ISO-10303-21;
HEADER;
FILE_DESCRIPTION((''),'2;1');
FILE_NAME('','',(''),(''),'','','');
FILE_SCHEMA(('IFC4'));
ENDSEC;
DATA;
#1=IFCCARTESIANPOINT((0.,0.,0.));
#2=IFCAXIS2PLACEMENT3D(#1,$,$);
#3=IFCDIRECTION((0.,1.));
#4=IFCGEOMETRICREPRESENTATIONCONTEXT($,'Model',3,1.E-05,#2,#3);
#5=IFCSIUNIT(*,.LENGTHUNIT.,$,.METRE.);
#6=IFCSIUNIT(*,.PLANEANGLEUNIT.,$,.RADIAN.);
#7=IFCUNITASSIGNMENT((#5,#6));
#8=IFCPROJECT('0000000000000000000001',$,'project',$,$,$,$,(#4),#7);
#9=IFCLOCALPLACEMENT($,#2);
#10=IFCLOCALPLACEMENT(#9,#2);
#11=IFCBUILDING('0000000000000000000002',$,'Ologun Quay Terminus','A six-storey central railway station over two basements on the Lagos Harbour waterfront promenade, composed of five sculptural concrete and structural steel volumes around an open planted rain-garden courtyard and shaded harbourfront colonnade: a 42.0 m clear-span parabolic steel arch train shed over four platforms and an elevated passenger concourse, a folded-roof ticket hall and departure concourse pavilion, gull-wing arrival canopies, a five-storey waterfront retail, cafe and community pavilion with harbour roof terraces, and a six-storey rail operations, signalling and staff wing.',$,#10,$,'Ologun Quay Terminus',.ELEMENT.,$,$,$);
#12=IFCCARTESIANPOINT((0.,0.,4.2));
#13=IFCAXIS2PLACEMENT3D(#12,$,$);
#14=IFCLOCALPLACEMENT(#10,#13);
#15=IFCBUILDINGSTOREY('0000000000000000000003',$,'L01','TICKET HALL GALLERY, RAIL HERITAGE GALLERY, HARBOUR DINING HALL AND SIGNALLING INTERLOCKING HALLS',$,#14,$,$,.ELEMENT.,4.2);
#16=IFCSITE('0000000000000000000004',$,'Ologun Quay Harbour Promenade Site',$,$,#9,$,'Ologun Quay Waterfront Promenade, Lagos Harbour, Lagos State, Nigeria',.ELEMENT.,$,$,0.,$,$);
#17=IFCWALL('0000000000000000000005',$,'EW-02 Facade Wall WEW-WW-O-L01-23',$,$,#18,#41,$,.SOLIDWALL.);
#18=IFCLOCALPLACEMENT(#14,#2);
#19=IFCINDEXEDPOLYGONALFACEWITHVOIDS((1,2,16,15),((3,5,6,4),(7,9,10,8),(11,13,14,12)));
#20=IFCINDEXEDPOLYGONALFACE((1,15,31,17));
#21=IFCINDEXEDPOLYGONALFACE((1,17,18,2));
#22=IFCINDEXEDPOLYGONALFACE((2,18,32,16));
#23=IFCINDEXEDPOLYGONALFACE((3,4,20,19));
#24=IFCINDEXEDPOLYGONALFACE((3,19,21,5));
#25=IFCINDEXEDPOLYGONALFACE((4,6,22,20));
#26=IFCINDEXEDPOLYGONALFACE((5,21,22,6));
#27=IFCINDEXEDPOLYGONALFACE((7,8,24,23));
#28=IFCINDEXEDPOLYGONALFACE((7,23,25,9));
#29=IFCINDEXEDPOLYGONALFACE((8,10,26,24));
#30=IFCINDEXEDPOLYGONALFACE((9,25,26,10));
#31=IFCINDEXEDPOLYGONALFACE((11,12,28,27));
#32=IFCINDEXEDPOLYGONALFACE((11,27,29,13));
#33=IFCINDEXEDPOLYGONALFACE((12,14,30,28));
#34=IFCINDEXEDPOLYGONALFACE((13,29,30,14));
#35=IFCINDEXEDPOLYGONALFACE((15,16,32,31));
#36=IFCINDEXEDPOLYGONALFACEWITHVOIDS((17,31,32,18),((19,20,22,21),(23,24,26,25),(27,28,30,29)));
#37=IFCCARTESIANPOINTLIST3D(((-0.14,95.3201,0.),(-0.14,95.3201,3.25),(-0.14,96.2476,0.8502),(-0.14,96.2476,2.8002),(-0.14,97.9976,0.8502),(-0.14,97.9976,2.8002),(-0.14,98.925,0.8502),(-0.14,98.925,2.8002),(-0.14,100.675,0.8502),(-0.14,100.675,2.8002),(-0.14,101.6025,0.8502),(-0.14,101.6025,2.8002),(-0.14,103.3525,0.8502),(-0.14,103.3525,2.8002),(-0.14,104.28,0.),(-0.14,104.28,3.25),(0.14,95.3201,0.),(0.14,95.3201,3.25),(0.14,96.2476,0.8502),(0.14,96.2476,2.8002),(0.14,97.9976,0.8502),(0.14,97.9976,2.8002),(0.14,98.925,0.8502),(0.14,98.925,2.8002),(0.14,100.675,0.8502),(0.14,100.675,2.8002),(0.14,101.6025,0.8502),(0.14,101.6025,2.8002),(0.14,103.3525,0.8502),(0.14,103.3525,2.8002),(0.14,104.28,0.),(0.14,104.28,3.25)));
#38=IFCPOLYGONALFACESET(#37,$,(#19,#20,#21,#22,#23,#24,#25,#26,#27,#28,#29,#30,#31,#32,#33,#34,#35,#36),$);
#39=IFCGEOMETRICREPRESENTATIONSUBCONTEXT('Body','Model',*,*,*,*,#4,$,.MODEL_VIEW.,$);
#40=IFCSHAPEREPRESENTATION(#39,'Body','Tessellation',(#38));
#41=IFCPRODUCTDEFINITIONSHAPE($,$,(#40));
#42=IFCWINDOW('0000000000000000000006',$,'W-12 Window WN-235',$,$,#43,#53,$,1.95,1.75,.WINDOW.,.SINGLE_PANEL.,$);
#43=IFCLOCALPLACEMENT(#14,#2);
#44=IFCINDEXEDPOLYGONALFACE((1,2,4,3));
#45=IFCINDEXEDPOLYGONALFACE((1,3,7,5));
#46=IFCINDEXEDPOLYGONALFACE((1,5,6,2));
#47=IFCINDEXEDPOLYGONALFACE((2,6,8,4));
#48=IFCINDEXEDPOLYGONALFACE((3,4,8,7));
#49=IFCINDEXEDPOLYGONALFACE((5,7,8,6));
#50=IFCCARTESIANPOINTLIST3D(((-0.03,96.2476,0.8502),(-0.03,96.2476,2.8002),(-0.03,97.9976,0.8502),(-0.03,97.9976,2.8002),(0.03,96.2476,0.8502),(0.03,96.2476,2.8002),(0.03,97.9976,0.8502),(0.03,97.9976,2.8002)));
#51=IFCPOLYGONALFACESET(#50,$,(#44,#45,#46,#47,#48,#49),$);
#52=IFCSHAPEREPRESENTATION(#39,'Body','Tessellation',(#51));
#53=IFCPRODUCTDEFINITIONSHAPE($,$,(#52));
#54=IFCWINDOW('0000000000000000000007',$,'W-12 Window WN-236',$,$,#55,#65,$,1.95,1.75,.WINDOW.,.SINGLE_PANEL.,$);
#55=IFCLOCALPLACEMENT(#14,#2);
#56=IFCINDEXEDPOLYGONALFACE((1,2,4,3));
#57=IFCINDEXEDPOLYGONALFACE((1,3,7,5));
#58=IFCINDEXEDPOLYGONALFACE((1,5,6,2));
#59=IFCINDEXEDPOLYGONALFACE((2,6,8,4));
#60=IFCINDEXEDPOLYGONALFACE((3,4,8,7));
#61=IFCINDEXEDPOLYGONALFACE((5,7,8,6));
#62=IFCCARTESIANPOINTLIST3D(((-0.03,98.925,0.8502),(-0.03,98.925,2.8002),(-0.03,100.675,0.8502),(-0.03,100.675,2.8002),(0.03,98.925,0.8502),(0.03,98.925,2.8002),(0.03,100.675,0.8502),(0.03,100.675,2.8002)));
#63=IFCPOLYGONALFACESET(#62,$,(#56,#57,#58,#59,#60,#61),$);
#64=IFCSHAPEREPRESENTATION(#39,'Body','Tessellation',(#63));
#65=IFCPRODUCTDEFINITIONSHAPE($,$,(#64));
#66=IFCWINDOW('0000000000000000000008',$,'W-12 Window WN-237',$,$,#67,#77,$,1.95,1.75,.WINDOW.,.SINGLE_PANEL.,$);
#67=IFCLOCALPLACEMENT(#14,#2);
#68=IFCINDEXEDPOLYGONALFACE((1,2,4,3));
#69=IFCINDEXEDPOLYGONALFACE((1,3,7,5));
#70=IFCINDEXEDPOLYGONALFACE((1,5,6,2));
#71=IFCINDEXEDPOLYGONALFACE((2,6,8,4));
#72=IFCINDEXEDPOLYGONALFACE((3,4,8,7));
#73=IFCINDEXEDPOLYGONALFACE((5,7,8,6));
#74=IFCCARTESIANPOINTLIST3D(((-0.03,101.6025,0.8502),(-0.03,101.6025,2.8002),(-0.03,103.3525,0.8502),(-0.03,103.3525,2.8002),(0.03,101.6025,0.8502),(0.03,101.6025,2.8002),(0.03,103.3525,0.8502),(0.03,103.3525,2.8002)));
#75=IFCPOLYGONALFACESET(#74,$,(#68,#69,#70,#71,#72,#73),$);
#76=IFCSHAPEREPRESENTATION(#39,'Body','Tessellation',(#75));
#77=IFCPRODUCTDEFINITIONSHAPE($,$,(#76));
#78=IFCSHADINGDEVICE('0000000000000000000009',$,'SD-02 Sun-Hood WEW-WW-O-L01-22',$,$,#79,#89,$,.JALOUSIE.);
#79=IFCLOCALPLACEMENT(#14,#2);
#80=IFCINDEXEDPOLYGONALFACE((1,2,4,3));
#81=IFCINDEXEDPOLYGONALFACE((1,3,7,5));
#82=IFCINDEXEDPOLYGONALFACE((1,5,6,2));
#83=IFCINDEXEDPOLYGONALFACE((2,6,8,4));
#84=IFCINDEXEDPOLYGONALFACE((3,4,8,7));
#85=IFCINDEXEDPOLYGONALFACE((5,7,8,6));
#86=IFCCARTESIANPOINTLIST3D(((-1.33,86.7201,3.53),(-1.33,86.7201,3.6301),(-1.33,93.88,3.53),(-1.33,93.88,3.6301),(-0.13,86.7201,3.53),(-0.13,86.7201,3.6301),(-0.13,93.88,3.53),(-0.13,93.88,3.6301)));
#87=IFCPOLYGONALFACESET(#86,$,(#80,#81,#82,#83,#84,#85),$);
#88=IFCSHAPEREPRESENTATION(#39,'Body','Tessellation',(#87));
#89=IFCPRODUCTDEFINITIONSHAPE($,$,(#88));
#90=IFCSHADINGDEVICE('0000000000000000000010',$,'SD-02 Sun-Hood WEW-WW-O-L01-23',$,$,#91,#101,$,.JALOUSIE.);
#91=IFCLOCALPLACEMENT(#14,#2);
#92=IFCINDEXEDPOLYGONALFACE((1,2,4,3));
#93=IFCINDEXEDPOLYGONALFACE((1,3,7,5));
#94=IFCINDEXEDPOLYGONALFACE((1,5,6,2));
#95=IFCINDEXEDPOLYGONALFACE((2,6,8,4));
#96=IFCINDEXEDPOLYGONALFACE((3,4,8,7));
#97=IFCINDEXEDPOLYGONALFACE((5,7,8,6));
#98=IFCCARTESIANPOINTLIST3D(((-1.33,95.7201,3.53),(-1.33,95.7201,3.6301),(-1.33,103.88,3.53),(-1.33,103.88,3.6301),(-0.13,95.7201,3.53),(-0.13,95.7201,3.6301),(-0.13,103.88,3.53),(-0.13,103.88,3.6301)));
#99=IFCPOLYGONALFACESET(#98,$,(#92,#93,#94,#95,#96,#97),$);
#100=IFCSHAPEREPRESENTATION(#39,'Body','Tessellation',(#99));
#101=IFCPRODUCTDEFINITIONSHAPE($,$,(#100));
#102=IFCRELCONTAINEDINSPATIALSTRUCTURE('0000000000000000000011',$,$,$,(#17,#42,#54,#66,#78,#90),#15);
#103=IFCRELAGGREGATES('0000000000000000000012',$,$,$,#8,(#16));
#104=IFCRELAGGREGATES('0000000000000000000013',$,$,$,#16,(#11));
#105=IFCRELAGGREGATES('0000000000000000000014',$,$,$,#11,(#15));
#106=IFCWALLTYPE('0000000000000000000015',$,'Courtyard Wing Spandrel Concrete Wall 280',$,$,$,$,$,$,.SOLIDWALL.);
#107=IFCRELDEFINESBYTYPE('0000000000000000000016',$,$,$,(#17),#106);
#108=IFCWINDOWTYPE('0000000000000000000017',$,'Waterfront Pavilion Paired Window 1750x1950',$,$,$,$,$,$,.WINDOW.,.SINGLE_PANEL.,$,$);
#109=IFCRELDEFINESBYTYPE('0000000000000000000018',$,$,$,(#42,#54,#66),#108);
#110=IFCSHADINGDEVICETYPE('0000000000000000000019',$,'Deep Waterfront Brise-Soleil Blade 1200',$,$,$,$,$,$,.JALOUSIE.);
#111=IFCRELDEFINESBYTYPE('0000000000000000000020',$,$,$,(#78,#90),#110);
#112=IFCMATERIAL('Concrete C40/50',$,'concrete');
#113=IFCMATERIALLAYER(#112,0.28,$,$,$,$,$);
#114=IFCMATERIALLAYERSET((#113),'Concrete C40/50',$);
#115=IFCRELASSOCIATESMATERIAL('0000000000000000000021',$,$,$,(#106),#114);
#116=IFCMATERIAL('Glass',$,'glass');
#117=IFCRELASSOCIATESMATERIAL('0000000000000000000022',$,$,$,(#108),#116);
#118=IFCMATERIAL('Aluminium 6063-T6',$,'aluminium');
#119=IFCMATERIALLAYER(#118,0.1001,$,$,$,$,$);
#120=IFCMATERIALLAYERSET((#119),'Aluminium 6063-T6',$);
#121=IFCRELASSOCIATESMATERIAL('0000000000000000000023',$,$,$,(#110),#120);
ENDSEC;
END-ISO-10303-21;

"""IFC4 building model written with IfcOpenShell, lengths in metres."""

from ifc_helpers import new_model, si_unit, direction, frame, frame_2d, origin, origin_2d, place, context, subcontext, project, spatial, rectangle, extrude, material, layer, layer_set, type_object, element, fill, save


model = new_model("IFC4")

# Units and contexts
model_context = context("Model", 3, precision=1e-05, world=origin(), true_north=direction((0.0, 1.0)))
body_context = subcontext(model_context, "Body", "Model", "MODEL_VIEW")
ifc_project = project(units=[si_unit("LENGTHUNIT", "METRE"), si_unit("PLANEANGLEUNIT", "RADIAN")], contexts=[model_context])

# Site, building, storey
site_placement = place(None, origin())
site = spatial("IfcSite", under=ifc_project, at=site_placement, Name="Ologun Quay Harbour Promenade Site", LongName="Ologun Quay Waterfront Promenade, Lagos Harbour, Lagos State, Nigeria", CompositionType="ELEMENT", RefElevation=0.0)
building_placement = place(site_placement, origin())
building = spatial("IfcBuilding", under=site, at=building_placement, Name="Ologun Quay Terminus", Description="A six-storey central railway station over two basements on the Lagos Harbour waterfront promenade, composed of five sculptural concrete and structural steel volumes around an open planted rain-garden courtyard and shaded harbourfront colonnade: a 42.0 m clear-span parabolic steel arch train shed over four platforms and an elevated passenger concourse, a folded-roof ticket hall and departure concourse pavilion, gull-wing arrival canopies, a five-storey waterfront retail, cafe and community pavilion with harbour roof terraces, and a six-storey rail operations, signalling and staff wing.", LongName="Ologun Quay Terminus", CompositionType="ELEMENT")
storey_placement = place(building_placement, frame((0.0, 0.0, 4.2)))
storey = spatial("IfcBuildingStorey", under=building, at=storey_placement, Name="L01", Description="TICKET HALL GALLERY, RAIL HERITAGE GALLERY, HARBOUR DINING HALL AND SIGNALLING INTERLOCKING HALLS", CompositionType="ELEMENT", Elevation=4.2)

# Wall, openings, windows
ifc_material_1 = material(Name="Concrete C40/50", Category="concrete")
ifc_layer_1 = layer(ifc_material_1, 0.28)
ifc_layer_set_1 = layer_set([ifc_layer_1], Name="Concrete C40/50")
wall_type = type_object("IfcWallType", Name="Courtyard Wing Spandrel Concrete Wall 280", PredefinedType="SOLIDWALL", material=ifc_layer_set_1)
wall_placement = place(storey_placement, frame((0.0, 95.3201, 0.0), z_axis=(0.0, 0.0, 1.0), x_axis=(0.0, 1.0, 0.0)))
wall = element("IfcWall", 1, at=wall_placement, inside=storey, type_object=wall_type, Name="EW-02 Facade Wall WEW-WW-O-L01-23", PredefinedType="SOLIDWALL", context=body_context, shape_type="SweptSolid", body=[
    extrude(rectangle(XDim=8.96, YDim=0.28, at=frame_2d((4.48, 0.0))), origin(), (0.0, 0.0, 1.0), 3.25),
])
opening_1_placement = place(wall_placement, frame((0.9275, 0.0, 0.8501)))
opening_1 = element("IfcOpeningElement", 2, at=opening_1_placement, cuts=wall, PredefinedType="OPENING", context=body_context, shape_type="SweptSolid", body=[
    extrude(rectangle(XDim=1.75, YDim=1.95, at=frame_2d((0.875, 0.9751))), frame((0.0, 0.1499, 0.0), z_axis=(0.0, -1.0, 0.0), x_axis=(1.0, 0.0, 0.0)), (0.0, 0.0, 1.0), 0.3),
])
opening_2_placement = place(wall_placement, frame((3.605, 0.0, 0.8501)))
opening_2 = element("IfcOpeningElement", 3, at=opening_2_placement, cuts=wall, PredefinedType="OPENING", context=body_context, shape_type="SweptSolid", body=[
    extrude(rectangle(XDim=1.75, YDim=1.95, at=frame_2d((0.875, 0.9751))), frame((0.0, 0.1499, 0.0), z_axis=(0.0, -1.0, 0.0), x_axis=(1.0, 0.0, 0.0)), (0.0, 0.0, 1.0), 0.3),
])
opening_3_placement = place(wall_placement, frame((6.2825, 0.0, 0.8501)))
opening_3 = element("IfcOpeningElement", 4, at=opening_3_placement, cuts=wall, PredefinedType="OPENING", context=body_context, shape_type="SweptSolid", body=[
    extrude(rectangle(XDim=1.75, YDim=1.95, at=frame_2d((0.875, 0.9751))), frame((0.0, 0.1499, 0.0), z_axis=(0.0, -1.0, 0.0), x_axis=(1.0, 0.0, 0.0)), (0.0, 0.0, 1.0), 0.3),
])
ifc_material_2 = material(Name="Glass", Category="glass")
window_type = type_object("IfcWindowType", Name="Waterfront Pavilion Paired Window 1750x1950", PartitioningType="SINGLE_PANEL", PredefinedType="WINDOW", material=ifc_material_2)
window_1_placement = place(opening_1_placement, origin())
window_1 = element("IfcWindow", 5, at=window_1_placement, inside=storey, type_object=window_type, Name="W-12 Window WN-235", OverallHeight=1.95, OverallWidth=1.75, PartitioningType="SINGLE_PANEL", PredefinedType="WINDOW", context=body_context, shape_type="SweptSolid", body=[
    extrude(rectangle(XDim=1.75, YDim=1.95, at=frame_2d((0.875, 0.9751))), frame((0.0, 0.03, 0.0), z_axis=(0.0, -1.0, 0.0), x_axis=(1.0, 0.0, 0.0)), (0.0, 0.0, 1.0), 0.0601),
])
fill(opening_1, window_1)
window_2_placement = place(opening_2_placement, origin())
window_2 = element("IfcWindow", 6, at=window_2_placement, inside=storey, type_object=window_type, Name="W-12 Window WN-236", OverallHeight=1.95, OverallWidth=1.75, PartitioningType="SINGLE_PANEL", PredefinedType="WINDOW", context=body_context, shape_type="SweptSolid", body=[
    extrude(rectangle(XDim=1.75, YDim=1.95, at=frame_2d((0.875, 0.9751))), frame((0.0, 0.03, 0.0), z_axis=(0.0, -1.0, 0.0), x_axis=(1.0, 0.0, 0.0)), (0.0, 0.0, 1.0), 0.0601),
])
fill(opening_2, window_2)
window_3_placement = place(opening_3_placement, origin())
window_3 = element("IfcWindow", 7, at=window_3_placement, inside=storey, type_object=window_type, Name="W-12 Window WN-237", OverallHeight=1.95, OverallWidth=1.75, PartitioningType="SINGLE_PANEL", PredefinedType="WINDOW", context=body_context, shape_type="SweptSolid", body=[
    extrude(rectangle(XDim=1.75, YDim=1.95, at=frame_2d((0.875, 0.9751))), frame((0.0, 0.03, 0.0), z_axis=(0.0, -1.0, 0.0), x_axis=(1.0, 0.0, 0.0)), (0.0, 0.0, 1.0), 0.0601),
])
fill(opening_3, window_3)

# Shading devices
ifc_material_3 = material(Name="Aluminium 6063-T6", Category="aluminium")
ifc_layer_2 = layer(ifc_material_3, 0.1001)
ifc_layer_set_2 = layer_set([ifc_layer_2], Name="Aluminium 6063-T6")
shading_device_type = type_object("IfcShadingDeviceType", Name="Deep Waterfront Brise-Soleil Blade 1200", PredefinedType="JALOUSIE", material=ifc_layer_set_2)
shading_device_1_placement = place(storey_placement, frame((-0.73, 90.3, 3.53), z_axis=(0.0, 0.0, 1.0), x_axis=(1.0, 0.0, 0.0)))
element("IfcShadingDevice", 8, at=shading_device_1_placement, inside=storey, type_object=shading_device_type, Name="SD-02 Sun-Hood WEW-WW-O-L01-22", PredefinedType="JALOUSIE", context=body_context, shape_type="SweptSolid", body=[
    extrude(rectangle(XDim=1.2, YDim=7.1599, at=origin_2d()), origin(), (0.0, 0.0, 1.0), 0.1001),
])
shading_device_2_placement = place(storey_placement, frame((-0.73, 99.8, 3.53), z_axis=(0.0, 0.0, 1.0), x_axis=(1.0, 0.0, 0.0)))
element("IfcShadingDevice", 9, at=shading_device_2_placement, inside=storey, type_object=shading_device_type, Name="SD-02 Sun-Hood WEW-WW-O-L01-23", PredefinedType="JALOUSIE", context=body_context, shape_type="SweptSolid", body=[
    extrude(rectangle(XDim=1.2, YDim=8.1599, at=origin_2d()), origin(), (0.0, 0.0, 1.0), 0.1001),
])

save(model, "model.ifc")
